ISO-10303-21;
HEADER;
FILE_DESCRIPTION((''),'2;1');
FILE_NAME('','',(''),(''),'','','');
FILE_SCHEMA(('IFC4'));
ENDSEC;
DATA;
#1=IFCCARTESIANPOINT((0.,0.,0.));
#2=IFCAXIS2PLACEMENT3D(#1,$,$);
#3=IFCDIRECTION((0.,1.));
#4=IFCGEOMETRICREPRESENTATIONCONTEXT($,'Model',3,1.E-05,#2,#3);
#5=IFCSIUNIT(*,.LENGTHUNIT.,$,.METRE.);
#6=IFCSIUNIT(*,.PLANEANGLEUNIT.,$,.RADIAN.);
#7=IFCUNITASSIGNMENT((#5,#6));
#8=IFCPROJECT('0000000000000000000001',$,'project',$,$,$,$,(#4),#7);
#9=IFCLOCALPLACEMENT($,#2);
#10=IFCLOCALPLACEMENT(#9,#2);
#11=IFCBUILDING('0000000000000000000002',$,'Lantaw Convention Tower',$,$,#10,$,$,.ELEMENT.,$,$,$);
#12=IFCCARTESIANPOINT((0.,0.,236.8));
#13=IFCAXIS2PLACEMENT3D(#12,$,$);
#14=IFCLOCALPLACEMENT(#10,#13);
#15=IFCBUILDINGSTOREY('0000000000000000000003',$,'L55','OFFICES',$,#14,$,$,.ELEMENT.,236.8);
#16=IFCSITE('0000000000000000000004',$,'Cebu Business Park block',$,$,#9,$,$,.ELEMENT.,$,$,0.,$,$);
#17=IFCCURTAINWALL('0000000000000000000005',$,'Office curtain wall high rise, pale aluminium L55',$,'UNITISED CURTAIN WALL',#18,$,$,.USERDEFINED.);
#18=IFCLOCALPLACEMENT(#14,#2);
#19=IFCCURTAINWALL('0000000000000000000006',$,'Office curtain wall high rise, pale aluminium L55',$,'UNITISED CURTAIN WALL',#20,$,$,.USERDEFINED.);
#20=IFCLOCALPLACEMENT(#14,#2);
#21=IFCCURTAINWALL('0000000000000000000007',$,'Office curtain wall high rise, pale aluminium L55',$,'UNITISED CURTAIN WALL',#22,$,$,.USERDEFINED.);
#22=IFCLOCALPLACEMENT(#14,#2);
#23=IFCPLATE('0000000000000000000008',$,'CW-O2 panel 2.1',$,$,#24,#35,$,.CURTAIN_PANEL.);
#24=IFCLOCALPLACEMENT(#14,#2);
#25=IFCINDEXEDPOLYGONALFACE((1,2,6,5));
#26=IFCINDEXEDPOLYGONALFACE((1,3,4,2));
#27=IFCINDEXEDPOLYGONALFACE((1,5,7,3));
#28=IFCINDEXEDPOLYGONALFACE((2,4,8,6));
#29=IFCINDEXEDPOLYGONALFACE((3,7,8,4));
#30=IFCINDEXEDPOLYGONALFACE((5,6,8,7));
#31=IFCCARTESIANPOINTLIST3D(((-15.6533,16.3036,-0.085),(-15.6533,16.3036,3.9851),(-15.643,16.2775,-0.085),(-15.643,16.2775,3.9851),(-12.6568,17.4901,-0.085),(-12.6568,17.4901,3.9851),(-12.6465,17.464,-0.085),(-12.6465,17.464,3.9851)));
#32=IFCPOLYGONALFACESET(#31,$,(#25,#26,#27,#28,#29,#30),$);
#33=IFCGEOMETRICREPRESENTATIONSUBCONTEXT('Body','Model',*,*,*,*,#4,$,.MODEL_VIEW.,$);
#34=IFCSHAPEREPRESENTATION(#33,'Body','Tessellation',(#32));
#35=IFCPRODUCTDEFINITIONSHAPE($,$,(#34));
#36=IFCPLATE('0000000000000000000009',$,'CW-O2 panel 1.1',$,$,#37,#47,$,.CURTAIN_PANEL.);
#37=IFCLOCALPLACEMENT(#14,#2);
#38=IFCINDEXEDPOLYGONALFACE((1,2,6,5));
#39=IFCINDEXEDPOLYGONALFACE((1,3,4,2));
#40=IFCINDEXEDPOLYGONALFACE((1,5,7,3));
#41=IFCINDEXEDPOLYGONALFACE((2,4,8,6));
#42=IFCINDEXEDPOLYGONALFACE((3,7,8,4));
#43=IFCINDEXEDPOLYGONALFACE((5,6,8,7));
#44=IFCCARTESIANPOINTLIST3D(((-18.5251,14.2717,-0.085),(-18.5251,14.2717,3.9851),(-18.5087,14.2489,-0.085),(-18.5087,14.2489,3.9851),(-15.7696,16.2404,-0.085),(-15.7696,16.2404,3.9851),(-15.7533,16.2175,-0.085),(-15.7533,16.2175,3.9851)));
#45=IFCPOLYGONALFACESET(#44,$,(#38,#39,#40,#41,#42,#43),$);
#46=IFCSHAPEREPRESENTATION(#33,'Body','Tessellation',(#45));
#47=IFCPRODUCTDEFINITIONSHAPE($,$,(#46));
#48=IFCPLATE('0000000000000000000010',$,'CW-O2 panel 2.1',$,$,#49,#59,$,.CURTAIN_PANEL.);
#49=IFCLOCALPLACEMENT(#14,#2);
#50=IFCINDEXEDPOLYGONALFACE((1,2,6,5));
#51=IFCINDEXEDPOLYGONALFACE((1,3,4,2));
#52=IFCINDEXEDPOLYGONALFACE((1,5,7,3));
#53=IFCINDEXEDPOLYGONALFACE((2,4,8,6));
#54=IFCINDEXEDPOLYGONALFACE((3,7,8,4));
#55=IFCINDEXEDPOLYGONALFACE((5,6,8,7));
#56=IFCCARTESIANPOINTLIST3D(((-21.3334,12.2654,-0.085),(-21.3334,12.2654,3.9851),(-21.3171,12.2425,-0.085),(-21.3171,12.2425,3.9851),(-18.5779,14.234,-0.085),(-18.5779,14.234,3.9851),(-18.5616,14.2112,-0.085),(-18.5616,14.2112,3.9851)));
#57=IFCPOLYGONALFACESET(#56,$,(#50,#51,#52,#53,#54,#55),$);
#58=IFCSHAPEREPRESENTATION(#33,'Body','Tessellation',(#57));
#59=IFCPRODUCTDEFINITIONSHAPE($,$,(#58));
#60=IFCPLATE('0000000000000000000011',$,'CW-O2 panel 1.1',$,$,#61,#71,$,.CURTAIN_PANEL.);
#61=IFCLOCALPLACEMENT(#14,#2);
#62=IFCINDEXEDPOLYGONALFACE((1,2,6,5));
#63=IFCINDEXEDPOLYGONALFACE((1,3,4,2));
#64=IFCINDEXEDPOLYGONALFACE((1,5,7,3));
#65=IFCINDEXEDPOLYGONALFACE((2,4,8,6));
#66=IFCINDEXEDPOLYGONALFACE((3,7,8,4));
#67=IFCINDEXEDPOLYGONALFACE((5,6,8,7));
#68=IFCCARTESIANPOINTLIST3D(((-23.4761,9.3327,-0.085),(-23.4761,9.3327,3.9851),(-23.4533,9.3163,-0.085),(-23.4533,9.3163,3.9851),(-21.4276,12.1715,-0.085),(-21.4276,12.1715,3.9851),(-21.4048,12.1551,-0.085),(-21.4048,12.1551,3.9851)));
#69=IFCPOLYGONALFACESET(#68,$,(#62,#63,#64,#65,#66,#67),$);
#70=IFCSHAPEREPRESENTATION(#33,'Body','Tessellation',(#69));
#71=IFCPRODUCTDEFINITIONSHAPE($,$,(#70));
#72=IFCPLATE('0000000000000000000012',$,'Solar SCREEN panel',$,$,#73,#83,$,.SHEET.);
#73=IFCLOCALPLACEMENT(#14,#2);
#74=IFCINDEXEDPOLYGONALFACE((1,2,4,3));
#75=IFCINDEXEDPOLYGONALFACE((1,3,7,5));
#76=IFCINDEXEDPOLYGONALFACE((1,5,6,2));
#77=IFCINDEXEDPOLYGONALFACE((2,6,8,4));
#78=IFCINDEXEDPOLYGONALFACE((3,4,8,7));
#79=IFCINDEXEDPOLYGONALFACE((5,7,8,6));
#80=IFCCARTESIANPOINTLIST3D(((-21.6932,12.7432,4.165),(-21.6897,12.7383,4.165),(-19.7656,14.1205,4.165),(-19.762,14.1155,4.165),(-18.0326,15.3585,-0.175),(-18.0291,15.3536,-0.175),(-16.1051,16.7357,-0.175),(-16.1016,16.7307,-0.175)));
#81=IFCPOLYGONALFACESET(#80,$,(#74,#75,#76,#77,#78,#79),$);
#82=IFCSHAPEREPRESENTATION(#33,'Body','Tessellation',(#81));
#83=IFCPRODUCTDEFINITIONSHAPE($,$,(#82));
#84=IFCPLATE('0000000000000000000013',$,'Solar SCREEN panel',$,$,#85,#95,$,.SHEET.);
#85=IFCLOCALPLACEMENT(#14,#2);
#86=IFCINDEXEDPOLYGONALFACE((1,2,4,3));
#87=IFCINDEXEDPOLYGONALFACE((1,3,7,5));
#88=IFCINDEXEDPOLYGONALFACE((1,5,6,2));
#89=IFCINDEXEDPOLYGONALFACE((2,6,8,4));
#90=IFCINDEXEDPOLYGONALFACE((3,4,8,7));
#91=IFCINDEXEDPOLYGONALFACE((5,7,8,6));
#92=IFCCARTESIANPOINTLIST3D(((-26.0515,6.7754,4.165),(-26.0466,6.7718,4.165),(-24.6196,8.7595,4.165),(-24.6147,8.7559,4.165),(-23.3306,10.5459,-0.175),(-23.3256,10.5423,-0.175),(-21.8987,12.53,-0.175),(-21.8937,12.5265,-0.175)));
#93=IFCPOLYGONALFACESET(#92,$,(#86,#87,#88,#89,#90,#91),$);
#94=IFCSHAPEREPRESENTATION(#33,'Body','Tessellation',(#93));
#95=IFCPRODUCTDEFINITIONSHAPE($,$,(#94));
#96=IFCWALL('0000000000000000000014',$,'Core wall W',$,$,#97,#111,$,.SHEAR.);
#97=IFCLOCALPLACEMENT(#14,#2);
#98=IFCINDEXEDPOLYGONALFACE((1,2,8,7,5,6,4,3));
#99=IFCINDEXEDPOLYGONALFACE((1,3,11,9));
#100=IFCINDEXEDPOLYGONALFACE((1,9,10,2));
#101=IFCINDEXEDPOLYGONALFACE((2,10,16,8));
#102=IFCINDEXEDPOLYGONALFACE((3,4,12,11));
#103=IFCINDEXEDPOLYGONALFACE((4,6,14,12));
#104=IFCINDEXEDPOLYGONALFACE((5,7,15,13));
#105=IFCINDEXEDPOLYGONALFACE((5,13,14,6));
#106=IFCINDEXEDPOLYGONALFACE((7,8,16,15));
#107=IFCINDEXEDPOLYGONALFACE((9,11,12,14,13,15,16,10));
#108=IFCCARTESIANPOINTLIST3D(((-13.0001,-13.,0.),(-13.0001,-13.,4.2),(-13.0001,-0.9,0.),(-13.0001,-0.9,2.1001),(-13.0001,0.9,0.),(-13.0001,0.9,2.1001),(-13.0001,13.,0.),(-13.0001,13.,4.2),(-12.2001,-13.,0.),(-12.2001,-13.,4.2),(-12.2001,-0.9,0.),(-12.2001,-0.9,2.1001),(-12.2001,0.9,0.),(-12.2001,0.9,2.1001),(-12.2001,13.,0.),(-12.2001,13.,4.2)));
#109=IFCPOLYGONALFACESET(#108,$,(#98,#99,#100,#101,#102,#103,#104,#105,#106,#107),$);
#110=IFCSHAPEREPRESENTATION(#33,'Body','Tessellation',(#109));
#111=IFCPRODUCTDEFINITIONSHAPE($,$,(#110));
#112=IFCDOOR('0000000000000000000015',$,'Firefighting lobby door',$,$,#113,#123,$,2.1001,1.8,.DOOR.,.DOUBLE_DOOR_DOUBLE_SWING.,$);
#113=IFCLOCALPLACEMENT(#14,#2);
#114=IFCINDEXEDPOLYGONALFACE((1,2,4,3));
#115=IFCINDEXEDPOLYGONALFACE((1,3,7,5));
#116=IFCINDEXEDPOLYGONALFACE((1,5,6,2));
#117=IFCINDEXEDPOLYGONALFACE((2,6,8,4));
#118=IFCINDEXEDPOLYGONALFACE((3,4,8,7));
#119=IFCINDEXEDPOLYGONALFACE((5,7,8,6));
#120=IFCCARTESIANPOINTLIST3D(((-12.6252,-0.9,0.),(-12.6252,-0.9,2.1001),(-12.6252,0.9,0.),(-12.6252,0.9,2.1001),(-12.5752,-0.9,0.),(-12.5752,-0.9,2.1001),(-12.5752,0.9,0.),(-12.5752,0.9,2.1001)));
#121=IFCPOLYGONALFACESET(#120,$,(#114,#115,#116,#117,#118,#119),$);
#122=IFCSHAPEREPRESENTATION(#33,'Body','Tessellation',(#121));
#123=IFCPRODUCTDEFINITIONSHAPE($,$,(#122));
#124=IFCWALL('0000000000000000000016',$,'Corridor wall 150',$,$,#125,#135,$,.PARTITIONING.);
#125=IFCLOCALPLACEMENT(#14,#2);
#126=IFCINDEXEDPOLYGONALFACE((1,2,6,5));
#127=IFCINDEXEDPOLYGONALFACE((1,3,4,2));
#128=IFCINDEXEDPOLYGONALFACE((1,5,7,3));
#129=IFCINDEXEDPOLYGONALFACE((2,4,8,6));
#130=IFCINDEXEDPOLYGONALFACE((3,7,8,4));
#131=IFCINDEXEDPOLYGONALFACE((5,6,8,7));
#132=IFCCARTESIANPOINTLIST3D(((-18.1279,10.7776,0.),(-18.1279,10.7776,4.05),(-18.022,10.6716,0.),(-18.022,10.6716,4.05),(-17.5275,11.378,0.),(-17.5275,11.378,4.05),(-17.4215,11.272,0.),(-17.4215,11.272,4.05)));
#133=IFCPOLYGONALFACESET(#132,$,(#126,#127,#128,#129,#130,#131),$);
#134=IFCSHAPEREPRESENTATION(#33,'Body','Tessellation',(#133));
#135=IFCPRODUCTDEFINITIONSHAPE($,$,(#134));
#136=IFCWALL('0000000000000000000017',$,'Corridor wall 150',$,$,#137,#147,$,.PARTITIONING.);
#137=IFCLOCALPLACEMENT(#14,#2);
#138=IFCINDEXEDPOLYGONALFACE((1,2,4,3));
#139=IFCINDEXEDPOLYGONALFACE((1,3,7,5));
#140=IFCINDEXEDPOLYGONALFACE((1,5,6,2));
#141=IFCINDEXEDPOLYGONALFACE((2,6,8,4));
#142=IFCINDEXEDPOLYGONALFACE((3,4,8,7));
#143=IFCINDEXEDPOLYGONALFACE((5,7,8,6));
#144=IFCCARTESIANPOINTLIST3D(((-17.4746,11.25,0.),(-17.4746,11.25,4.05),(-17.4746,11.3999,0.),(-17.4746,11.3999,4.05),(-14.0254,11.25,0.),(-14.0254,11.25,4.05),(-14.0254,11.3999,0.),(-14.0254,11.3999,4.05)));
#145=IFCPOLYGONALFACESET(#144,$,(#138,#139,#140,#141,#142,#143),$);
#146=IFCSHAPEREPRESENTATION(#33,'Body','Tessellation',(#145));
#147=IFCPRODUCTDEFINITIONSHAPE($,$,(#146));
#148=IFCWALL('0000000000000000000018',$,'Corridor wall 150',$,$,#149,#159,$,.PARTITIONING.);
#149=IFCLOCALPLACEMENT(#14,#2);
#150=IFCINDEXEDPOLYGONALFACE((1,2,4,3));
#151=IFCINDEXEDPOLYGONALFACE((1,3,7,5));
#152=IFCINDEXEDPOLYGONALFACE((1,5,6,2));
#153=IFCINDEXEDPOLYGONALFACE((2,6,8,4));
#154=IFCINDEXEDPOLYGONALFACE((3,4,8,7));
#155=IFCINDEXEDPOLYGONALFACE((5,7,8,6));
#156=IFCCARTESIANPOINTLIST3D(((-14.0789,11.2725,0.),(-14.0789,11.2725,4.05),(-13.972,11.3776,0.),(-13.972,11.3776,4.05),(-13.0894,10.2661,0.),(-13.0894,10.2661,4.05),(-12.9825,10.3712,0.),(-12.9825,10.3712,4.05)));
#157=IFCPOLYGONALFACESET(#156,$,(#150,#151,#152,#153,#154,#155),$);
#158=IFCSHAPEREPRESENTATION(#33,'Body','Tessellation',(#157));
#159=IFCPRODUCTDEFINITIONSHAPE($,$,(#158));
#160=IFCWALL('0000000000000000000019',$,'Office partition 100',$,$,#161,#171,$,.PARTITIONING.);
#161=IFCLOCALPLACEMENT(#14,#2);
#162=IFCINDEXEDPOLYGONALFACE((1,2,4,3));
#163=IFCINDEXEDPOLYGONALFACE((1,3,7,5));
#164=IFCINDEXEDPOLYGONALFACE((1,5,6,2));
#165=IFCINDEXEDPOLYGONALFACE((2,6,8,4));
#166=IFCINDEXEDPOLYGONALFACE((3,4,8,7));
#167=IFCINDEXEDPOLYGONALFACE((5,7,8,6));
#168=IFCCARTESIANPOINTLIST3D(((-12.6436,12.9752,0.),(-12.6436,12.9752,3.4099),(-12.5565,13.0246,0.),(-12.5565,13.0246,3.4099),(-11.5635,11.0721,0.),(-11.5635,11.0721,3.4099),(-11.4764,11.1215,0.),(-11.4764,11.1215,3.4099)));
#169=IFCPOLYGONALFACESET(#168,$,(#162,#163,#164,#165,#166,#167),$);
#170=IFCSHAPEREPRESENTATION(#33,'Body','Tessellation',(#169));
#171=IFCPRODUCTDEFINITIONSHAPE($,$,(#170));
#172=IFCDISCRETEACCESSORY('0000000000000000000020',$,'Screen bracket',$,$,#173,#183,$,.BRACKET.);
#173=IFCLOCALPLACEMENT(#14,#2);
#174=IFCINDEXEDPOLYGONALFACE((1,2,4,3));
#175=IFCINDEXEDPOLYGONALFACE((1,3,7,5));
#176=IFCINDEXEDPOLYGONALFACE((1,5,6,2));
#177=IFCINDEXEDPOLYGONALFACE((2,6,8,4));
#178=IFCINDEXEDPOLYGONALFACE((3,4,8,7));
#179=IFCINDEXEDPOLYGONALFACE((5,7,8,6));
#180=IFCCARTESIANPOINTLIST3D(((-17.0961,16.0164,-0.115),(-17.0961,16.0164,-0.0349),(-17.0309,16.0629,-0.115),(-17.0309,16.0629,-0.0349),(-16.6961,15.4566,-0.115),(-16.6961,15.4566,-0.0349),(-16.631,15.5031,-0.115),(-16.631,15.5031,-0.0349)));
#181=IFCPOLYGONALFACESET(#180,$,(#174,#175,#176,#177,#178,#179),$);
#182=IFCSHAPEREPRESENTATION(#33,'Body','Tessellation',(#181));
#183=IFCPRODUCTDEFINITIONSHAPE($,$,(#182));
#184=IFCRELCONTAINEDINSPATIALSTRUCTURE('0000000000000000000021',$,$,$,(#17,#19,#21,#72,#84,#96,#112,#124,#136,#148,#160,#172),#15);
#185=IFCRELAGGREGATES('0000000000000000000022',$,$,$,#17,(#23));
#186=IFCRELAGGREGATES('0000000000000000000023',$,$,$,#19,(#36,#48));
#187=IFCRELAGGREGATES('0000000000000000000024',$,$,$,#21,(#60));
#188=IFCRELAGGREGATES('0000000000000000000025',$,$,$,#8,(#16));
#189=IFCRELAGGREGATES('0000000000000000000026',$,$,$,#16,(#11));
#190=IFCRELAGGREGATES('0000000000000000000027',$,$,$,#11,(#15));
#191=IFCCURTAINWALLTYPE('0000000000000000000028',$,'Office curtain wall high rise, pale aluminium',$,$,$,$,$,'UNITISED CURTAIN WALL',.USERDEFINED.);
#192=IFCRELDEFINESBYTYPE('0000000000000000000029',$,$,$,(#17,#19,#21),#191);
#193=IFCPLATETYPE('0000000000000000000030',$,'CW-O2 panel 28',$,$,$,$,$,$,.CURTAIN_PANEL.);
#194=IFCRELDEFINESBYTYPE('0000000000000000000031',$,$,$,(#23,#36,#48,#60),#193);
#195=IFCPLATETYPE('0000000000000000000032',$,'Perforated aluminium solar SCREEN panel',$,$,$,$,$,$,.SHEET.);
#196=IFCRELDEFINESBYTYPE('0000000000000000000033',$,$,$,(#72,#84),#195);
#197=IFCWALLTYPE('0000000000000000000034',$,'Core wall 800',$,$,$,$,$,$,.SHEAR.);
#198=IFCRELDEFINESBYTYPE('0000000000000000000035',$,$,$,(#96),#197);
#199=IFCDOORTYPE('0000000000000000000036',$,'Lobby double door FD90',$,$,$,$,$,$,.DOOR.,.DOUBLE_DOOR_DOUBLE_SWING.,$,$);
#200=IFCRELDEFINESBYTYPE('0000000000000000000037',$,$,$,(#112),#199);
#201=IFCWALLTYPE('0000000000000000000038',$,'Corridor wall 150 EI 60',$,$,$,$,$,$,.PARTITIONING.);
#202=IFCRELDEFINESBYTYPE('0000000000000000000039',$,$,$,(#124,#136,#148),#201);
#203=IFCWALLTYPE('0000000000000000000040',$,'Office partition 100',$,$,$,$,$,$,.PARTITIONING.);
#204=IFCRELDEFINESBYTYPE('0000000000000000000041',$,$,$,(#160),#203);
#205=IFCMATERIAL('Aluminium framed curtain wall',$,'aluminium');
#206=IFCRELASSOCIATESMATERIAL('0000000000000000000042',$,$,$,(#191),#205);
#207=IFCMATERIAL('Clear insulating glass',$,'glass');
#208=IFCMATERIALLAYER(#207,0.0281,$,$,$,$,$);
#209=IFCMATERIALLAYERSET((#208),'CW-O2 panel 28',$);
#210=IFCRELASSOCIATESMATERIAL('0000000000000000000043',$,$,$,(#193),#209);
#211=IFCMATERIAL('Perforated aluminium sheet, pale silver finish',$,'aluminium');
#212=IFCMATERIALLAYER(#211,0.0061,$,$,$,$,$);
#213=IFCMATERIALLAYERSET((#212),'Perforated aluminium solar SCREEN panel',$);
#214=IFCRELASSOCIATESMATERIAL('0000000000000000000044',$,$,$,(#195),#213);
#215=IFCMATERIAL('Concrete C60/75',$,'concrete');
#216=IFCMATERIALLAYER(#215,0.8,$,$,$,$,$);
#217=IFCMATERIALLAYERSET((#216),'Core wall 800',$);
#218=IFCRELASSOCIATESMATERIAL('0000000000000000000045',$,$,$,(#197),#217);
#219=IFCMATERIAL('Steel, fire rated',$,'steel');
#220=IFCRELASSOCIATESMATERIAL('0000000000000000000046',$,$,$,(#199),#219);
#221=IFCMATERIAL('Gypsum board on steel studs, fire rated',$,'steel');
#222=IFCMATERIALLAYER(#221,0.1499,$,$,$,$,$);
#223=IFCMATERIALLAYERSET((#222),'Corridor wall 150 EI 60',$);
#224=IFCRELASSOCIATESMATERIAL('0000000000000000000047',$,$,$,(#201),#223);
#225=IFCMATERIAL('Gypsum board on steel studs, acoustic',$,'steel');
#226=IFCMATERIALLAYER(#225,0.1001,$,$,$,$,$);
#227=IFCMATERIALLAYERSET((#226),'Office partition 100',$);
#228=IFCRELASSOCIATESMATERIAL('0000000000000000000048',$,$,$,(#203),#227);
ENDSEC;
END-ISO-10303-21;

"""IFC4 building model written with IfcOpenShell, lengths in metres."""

from ifc_helpers import new_model, si_unit, direction, frame, frame_2d, origin, origin_2d, place, context, subcontext, project, spatial, polyline, rectangle, outline, extrude, material, layer, layer_set, type_object, element, fill, aggregate, save


model = new_model("IFC4")

# Units and contexts
model_context = context("Model", 3, precision=1e-05, world=origin(), true_north=direction((0.0, 1.0)))
body_context = subcontext(model_context, "Body", "Model", "MODEL_VIEW")
ifc_project = project(units=[si_unit("LENGTHUNIT", "METRE"), si_unit("PLANEANGLEUNIT", "RADIAN")], contexts=[model_context])

# Site, building, storey
site_placement = place(None, origin())
site = spatial("IfcSite", under=ifc_project, at=site_placement, Name="Cebu Business Park block", CompositionType="ELEMENT", RefElevation=0.0)
building_placement = place(site_placement, origin())
building = spatial("IfcBuilding", under=site, at=building_placement, Name="Lantaw Convention Tower", CompositionType="ELEMENT")
storey_placement = place(building_placement, frame((0.0, 0.0, 236.8)))
storey = spatial("IfcBuildingStorey", under=building, at=storey_placement, Name="L55", Description="OFFICES", CompositionType="ELEMENT", Elevation=236.8)

# Shared definitions
ifc_material_1 = material(Name="Concrete C60/75", Category="concrete")

# Curtain walls
ifc_material_2 = material(Name="Aluminium framed curtain wall", Category="aluminium")
curtain_wall_type = type_object("IfcCurtainWallType", Name="Office curtain wall high rise, pale aluminium", ElementType="UNITISED CURTAIN WALL", PredefinedType="USERDEFINED", material=ifc_material_2)
curtain_wall_1_placement = place(storey_placement, origin())
curtain_wall_1 = element("IfcCurtainWall", 1, at=curtain_wall_1_placement, inside=storey, type_object=curtain_wall_type, Name="Office curtain wall high rise, pale aluminium L55", ObjectType="UNITISED CURTAIN WALL", PredefinedType="USERDEFINED")
curtain_wall_2_placement = place(storey_placement, origin())
curtain_wall_2 = element("IfcCurtainWall", 2, at=curtain_wall_2_placement, inside=storey, type_object=curtain_wall_type, Name="Office curtain wall high rise, pale aluminium L55", ObjectType="UNITISED CURTAIN WALL", PredefinedType="USERDEFINED")
curtain_wall_3_placement = place(storey_placement, origin())
curtain_wall_3 = element("IfcCurtainWall", 3, at=curtain_wall_3_placement, inside=storey, type_object=curtain_wall_type, Name="Office curtain wall high rise, pale aluminium L55", ObjectType="UNITISED CURTAIN WALL", PredefinedType="USERDEFINED")

# Plates
ifc_material_3 = material(Name="Clear insulating glass", Category="glass")
ifc_layer_1 = layer(ifc_material_3, 0.0281)
ifc_layer_set_1 = layer_set([ifc_layer_1], Name="CW-O2 panel 28")
plate_type_1 = type_object("IfcPlateType", Name="CW-O2 panel 28", PredefinedType="CURTAIN_PANEL", material=ifc_layer_set_1)
plate_1_placement = place(storey_placement, frame((-14.1499, 16.8838, -0.085), z_axis=(0.0, 0.0, 1.0), x_axis=(-0.929762, -0.368162, 0.0)))
plate_1 = element("IfcPlate", 4, at=plate_1_placement, type_object=plate_type_1, Name="CW-O2 panel 2.1", PredefinedType="CURTAIN_PANEL", context=body_context, shape_type="SweptSolid", body=[
    extrude(rectangle(XDim=3.2229, YDim=0.0281, at=origin_2d()), origin(), (0.0, 0.0, 1.0), 4.0701),
])
aggregate(curtain_wall_1, [plate_1])
plate_2_placement = place(storey_placement, frame((-17.1392, 15.2446, -0.085), z_axis=(0.0, 0.0, 1.0), x_axis=(-0.813673, -0.581323, 0.0)))
plate_2 = element("IfcPlate", 5, at=plate_2_placement, type_object=plate_type_1, Name="CW-O2 panel 1.1", PredefinedType="CURTAIN_PANEL", context=body_context, shape_type="SweptSolid", body=[
    extrude(rectangle(XDim=3.3865, YDim=0.0281, at=origin_2d()), origin(), (0.0, 0.0, 1.0), 4.0701),
])
plate_3_placement = place(storey_placement, frame((-19.9475, 13.2383, -0.085), z_axis=(0.0, 0.0, 1.0), x_axis=(-0.813673, -0.581323, 0.0)))
plate_3 = element("IfcPlate", 6, at=plate_3_placement, type_object=plate_type_1, Name="CW-O2 panel 2.1", PredefinedType="CURTAIN_PANEL", context=body_context, shape_type="SweptSolid", body=[
    extrude(rectangle(XDim=3.3865, YDim=0.0281, at=origin_2d()), origin(), (0.0, 0.0, 1.0), 4.0701),
])
aggregate(curtain_wall_2, [plate_2, plate_3])
plate_4_placement = place(storey_placement, frame((-22.4404, 10.7439, -0.085), z_axis=(0.0, 0.0, 1.0), x_axis=(-0.585158, -0.81092, 0.0)))
plate_4 = element("IfcPlate", 7, at=plate_4_placement, type_object=plate_type_1, Name="CW-O2 panel 1.1", PredefinedType="CURTAIN_PANEL", context=body_context, shape_type="SweptSolid", body=[
    extrude(rectangle(XDim=3.5007, YDim=0.0281, at=origin_2d()), origin(), (0.0, 0.0, 1.0), 4.0701),
])
aggregate(curtain_wall_3, [plate_4])

# Plates
ifc_material_4 = material(Name="Perforated aluminium sheet, pale silver finish", Category="aluminium")
ifc_layer_2 = layer(ifc_material_4, 0.0061)
ifc_layer_set_2 = layer_set([ifc_layer_2], Name="Perforated aluminium solar SCREEN panel")
plate_type_2 = type_object("IfcPlateType", Name="Perforated aluminium solar SCREEN panel", PredefinedType="SHEET", material=ifc_layer_set_2)
plate_5_placement = place(storey_placement, frame((-16.1016, 16.7307, -0.175), z_axis=(0.581331, -0.813667, 0.00001), x_axis=(-0.813667, -0.581331, 0.0)))
element("IfcPlate", 8, at=plate_5_placement, inside=storey, type_object=plate_type_2, Name="Solar SCREEN panel", PredefinedType="SHEET", context=body_context, shape_type="SweptSolid", body=[
    extrude(outline(polyline([(0.0, 0.0), (2.3689, 0.0), (6.8678, -4.3401), (4.4987, -4.3401), (0.0, 0.0)])), origin(), (0.0, 0.0, -1.0), 0.0061),
])
plate_6_placement = place(storey_placement, frame((-21.8987, 12.53, -0.175), z_axis=(-0.810892, 0.585195, 0.00002), x_axis=(-0.585195, -0.810892, 0.0)))
element("IfcPlate", 9, at=plate_6_placement, inside=storey, type_object=plate_type_2, Name="Solar SCREEN panel", PredefinedType="SHEET", context=body_context, shape_type="SweptSolid", body=[
    extrude(outline(polyline([(0.0, 0.0), (2.4468, 0.0), (7.0966, 4.3401), (4.6498, 4.3401), (0.0, 0.0)])), origin(), (0.0, 0.0, -1.0), 0.0061),
])

# Wall, opening, door
ifc_layer_3 = layer(ifc_material_1, 0.8)
ifc_layer_set_3 = layer_set([ifc_layer_3], Name="Core wall 800")
wall_type_1 = type_object("IfcWallType", Name="Core wall 800", PredefinedType="SHEAR", material=ifc_layer_set_3)
wall_1_placement = place(storey_placement, frame((-12.6001, 13.0, 0.0), z_axis=(0.0, 0.0, 1.0), x_axis=(0.0, -1.0, 0.0)))
wall_1 = element("IfcWall", 10, at=wall_1_placement, inside=storey, type_object=wall_type_1, Name="Core wall W", PredefinedType="SHEAR", context=body_context, shape_type="SweptSolid", body=[
    extrude(rectangle(XDim=26.0, YDim=0.8, at=frame_2d((13.0, 0.0))), origin(), (0.0, 0.0, 1.0), 4.2),
])
opening_placement = place(wall_1_placement, frame((12.1001, 0.0, 0.0)))
opening = element("IfcOpeningElement", 11, at=opening_placement, cuts=wall_1, PredefinedType="OPENING", context=body_context, shape_type="SweptSolid", body=[
    extrude(rectangle(XDim=1.8, YDim=2.1001, at=frame_2d((0.8999, 1.05))), frame((0.0, 0.4099, 0.0), z_axis=(0.0, -1.0, 0.0), x_axis=(1.0, 0.0, 0.0)), (0.0, 0.0, 1.0), 0.8201),
])
ifc_material_5 = material(Name="Steel, fire rated", Category="steel")
door_type = type_object("IfcDoorType", Name="Lobby double door FD90", OperationType="DOUBLE_DOOR_DOUBLE_SWING", PredefinedType="DOOR", material=ifc_material_5)
door_placement = place(opening_placement, origin())
door = element("IfcDoor", 12, at=door_placement, inside=storey, type_object=door_type, Name="Firefighting lobby door", OperationType="DOUBLE_DOOR_DOUBLE_SWING", OverallHeight=2.1001, OverallWidth=1.8, PredefinedType="DOOR", context=body_context, shape_type="SweptSolid", body=[
    extrude(rectangle(XDim=1.8, YDim=2.1001, at=frame_2d((0.8999, 1.05))), frame((0.0, 0.0249, 0.0), z_axis=(0.0, -1.0, 0.0), x_axis=(1.0, 0.0, 0.0)), (0.0, 0.0, 1.0), 0.05),
])
fill(opening, door)

# Walls
ifc_material_6 = material(Name="Gypsum board on steel studs, fire rated", Category="steel")
ifc_layer_4 = layer(ifc_material_6, 0.1499)
ifc_layer_set_4 = layer_set([ifc_layer_4], Name="Corridor wall 150 EI 60")
wall_type_2 = type_object("IfcWallType", Name="Corridor wall 150 EI 60", PredefinedType="PARTITIONING", material=ifc_layer_set_4)
wall_2_placement = place(storey_placement, frame((-18.075, 10.7246, 0.0), z_axis=(0.0, 0.0, 1.0), x_axis=(0.707107, 0.707107, 0.0)))
element("IfcWall", 13, at=wall_2_placement, inside=storey, type_object=wall_type_2, Name="Corridor wall 150", PredefinedType="PARTITIONING", context=body_context, shape_type="SweptSolid", body=[
    extrude(rectangle(XDim=0.8491, YDim=0.1499, at=frame_2d((0.4246, 0.0))), origin(), (0.0, 0.0, 1.0), 4.05),
])
wall_3_placement = place(storey_placement, frame((-17.4746, 11.325, 0.0), z_axis=(0.0, 0.0, 1.0), x_axis=(1.0, 0.0, 0.0)))
element("IfcWall", 14, at=wall_3_placement, inside=storey, type_object=wall_type_2, Name="Corridor wall 150", PredefinedType="PARTITIONING", context=body_context, shape_type="SweptSolid", body=[
    extrude(rectangle(XDim=3.4492, YDim=0.1499, at=frame_2d((1.7246, 0.0))), origin(), (0.0, 0.0, 1.0), 4.05),
])
wall_4_placement = place(storey_placement, frame((-14.0254, 11.325, 0.0), z_axis=(0.0, 0.0, 1.0), x_axis=(0.701114, -0.71305, 0.0)))
element("IfcWall", 15, at=wall_4_placement, inside=storey, type_object=wall_type_2, Name="Corridor wall 150", PredefinedType="PARTITIONING", context=body_context, shape_type="SweptSolid", body=[
    extrude(rectangle(XDim=1.4114, YDim=0.1499, at=frame_2d((0.7056, 0.0))), origin(), (0.0, 0.0, 1.0), 4.05),
])
ifc_material_7 = material(Name="Gypsum board on steel studs, acoustic", Category="steel")
ifc_layer_5 = layer(ifc_material_7, 0.1001)
ifc_layer_set_5 = layer_set([ifc_layer_5], Name="Office partition 100")
wall_type_3 = type_object("IfcWallType", Name="Office partition 100", PredefinedType="PARTITIONING", material=ifc_layer_set_5)
wall_5_placement = place(storey_placement, frame((-12.6001, 13.0, 0.0), z_axis=(0.0, 0.0, 1.0), x_axis=(0.49359, -0.869695, 0.0)))
element("IfcWall", 16, at=wall_5_placement, inside=storey, type_object=wall_type_3, Name="Office partition 100", PredefinedType="PARTITIONING", context=body_context, shape_type="SweptSolid", body=[
    extrude(rectangle(XDim=2.1882, YDim=0.1001, at=frame_2d((1.0942, 0.0))), origin(), (0.0, 0.0, 1.0), 3.4099),
])

# Discrete accessory
for number, where, z_axis, x_axis, name in (
    (17, (-16.8635, 15.7598, -0.115), (0.0, 0.0, 1.0), (-0.813673, -0.581323, 0.0), "Screen bracket"),
):
    element("IfcDiscreteAccessory", number, at=place(storey_placement, frame(where, z_axis=z_axis, x_axis=x_axis)), inside=storey, Name=name, PredefinedType="BRACKET", context=body_context, shape_type="SweptSolid", body=[
        extrude(rectangle(XDim=0.0801, YDim=0.688, at=origin_2d()), origin(), (0.0, 0.0, 1.0), 0.0801),
    ])

save(model, "model.ifc")
